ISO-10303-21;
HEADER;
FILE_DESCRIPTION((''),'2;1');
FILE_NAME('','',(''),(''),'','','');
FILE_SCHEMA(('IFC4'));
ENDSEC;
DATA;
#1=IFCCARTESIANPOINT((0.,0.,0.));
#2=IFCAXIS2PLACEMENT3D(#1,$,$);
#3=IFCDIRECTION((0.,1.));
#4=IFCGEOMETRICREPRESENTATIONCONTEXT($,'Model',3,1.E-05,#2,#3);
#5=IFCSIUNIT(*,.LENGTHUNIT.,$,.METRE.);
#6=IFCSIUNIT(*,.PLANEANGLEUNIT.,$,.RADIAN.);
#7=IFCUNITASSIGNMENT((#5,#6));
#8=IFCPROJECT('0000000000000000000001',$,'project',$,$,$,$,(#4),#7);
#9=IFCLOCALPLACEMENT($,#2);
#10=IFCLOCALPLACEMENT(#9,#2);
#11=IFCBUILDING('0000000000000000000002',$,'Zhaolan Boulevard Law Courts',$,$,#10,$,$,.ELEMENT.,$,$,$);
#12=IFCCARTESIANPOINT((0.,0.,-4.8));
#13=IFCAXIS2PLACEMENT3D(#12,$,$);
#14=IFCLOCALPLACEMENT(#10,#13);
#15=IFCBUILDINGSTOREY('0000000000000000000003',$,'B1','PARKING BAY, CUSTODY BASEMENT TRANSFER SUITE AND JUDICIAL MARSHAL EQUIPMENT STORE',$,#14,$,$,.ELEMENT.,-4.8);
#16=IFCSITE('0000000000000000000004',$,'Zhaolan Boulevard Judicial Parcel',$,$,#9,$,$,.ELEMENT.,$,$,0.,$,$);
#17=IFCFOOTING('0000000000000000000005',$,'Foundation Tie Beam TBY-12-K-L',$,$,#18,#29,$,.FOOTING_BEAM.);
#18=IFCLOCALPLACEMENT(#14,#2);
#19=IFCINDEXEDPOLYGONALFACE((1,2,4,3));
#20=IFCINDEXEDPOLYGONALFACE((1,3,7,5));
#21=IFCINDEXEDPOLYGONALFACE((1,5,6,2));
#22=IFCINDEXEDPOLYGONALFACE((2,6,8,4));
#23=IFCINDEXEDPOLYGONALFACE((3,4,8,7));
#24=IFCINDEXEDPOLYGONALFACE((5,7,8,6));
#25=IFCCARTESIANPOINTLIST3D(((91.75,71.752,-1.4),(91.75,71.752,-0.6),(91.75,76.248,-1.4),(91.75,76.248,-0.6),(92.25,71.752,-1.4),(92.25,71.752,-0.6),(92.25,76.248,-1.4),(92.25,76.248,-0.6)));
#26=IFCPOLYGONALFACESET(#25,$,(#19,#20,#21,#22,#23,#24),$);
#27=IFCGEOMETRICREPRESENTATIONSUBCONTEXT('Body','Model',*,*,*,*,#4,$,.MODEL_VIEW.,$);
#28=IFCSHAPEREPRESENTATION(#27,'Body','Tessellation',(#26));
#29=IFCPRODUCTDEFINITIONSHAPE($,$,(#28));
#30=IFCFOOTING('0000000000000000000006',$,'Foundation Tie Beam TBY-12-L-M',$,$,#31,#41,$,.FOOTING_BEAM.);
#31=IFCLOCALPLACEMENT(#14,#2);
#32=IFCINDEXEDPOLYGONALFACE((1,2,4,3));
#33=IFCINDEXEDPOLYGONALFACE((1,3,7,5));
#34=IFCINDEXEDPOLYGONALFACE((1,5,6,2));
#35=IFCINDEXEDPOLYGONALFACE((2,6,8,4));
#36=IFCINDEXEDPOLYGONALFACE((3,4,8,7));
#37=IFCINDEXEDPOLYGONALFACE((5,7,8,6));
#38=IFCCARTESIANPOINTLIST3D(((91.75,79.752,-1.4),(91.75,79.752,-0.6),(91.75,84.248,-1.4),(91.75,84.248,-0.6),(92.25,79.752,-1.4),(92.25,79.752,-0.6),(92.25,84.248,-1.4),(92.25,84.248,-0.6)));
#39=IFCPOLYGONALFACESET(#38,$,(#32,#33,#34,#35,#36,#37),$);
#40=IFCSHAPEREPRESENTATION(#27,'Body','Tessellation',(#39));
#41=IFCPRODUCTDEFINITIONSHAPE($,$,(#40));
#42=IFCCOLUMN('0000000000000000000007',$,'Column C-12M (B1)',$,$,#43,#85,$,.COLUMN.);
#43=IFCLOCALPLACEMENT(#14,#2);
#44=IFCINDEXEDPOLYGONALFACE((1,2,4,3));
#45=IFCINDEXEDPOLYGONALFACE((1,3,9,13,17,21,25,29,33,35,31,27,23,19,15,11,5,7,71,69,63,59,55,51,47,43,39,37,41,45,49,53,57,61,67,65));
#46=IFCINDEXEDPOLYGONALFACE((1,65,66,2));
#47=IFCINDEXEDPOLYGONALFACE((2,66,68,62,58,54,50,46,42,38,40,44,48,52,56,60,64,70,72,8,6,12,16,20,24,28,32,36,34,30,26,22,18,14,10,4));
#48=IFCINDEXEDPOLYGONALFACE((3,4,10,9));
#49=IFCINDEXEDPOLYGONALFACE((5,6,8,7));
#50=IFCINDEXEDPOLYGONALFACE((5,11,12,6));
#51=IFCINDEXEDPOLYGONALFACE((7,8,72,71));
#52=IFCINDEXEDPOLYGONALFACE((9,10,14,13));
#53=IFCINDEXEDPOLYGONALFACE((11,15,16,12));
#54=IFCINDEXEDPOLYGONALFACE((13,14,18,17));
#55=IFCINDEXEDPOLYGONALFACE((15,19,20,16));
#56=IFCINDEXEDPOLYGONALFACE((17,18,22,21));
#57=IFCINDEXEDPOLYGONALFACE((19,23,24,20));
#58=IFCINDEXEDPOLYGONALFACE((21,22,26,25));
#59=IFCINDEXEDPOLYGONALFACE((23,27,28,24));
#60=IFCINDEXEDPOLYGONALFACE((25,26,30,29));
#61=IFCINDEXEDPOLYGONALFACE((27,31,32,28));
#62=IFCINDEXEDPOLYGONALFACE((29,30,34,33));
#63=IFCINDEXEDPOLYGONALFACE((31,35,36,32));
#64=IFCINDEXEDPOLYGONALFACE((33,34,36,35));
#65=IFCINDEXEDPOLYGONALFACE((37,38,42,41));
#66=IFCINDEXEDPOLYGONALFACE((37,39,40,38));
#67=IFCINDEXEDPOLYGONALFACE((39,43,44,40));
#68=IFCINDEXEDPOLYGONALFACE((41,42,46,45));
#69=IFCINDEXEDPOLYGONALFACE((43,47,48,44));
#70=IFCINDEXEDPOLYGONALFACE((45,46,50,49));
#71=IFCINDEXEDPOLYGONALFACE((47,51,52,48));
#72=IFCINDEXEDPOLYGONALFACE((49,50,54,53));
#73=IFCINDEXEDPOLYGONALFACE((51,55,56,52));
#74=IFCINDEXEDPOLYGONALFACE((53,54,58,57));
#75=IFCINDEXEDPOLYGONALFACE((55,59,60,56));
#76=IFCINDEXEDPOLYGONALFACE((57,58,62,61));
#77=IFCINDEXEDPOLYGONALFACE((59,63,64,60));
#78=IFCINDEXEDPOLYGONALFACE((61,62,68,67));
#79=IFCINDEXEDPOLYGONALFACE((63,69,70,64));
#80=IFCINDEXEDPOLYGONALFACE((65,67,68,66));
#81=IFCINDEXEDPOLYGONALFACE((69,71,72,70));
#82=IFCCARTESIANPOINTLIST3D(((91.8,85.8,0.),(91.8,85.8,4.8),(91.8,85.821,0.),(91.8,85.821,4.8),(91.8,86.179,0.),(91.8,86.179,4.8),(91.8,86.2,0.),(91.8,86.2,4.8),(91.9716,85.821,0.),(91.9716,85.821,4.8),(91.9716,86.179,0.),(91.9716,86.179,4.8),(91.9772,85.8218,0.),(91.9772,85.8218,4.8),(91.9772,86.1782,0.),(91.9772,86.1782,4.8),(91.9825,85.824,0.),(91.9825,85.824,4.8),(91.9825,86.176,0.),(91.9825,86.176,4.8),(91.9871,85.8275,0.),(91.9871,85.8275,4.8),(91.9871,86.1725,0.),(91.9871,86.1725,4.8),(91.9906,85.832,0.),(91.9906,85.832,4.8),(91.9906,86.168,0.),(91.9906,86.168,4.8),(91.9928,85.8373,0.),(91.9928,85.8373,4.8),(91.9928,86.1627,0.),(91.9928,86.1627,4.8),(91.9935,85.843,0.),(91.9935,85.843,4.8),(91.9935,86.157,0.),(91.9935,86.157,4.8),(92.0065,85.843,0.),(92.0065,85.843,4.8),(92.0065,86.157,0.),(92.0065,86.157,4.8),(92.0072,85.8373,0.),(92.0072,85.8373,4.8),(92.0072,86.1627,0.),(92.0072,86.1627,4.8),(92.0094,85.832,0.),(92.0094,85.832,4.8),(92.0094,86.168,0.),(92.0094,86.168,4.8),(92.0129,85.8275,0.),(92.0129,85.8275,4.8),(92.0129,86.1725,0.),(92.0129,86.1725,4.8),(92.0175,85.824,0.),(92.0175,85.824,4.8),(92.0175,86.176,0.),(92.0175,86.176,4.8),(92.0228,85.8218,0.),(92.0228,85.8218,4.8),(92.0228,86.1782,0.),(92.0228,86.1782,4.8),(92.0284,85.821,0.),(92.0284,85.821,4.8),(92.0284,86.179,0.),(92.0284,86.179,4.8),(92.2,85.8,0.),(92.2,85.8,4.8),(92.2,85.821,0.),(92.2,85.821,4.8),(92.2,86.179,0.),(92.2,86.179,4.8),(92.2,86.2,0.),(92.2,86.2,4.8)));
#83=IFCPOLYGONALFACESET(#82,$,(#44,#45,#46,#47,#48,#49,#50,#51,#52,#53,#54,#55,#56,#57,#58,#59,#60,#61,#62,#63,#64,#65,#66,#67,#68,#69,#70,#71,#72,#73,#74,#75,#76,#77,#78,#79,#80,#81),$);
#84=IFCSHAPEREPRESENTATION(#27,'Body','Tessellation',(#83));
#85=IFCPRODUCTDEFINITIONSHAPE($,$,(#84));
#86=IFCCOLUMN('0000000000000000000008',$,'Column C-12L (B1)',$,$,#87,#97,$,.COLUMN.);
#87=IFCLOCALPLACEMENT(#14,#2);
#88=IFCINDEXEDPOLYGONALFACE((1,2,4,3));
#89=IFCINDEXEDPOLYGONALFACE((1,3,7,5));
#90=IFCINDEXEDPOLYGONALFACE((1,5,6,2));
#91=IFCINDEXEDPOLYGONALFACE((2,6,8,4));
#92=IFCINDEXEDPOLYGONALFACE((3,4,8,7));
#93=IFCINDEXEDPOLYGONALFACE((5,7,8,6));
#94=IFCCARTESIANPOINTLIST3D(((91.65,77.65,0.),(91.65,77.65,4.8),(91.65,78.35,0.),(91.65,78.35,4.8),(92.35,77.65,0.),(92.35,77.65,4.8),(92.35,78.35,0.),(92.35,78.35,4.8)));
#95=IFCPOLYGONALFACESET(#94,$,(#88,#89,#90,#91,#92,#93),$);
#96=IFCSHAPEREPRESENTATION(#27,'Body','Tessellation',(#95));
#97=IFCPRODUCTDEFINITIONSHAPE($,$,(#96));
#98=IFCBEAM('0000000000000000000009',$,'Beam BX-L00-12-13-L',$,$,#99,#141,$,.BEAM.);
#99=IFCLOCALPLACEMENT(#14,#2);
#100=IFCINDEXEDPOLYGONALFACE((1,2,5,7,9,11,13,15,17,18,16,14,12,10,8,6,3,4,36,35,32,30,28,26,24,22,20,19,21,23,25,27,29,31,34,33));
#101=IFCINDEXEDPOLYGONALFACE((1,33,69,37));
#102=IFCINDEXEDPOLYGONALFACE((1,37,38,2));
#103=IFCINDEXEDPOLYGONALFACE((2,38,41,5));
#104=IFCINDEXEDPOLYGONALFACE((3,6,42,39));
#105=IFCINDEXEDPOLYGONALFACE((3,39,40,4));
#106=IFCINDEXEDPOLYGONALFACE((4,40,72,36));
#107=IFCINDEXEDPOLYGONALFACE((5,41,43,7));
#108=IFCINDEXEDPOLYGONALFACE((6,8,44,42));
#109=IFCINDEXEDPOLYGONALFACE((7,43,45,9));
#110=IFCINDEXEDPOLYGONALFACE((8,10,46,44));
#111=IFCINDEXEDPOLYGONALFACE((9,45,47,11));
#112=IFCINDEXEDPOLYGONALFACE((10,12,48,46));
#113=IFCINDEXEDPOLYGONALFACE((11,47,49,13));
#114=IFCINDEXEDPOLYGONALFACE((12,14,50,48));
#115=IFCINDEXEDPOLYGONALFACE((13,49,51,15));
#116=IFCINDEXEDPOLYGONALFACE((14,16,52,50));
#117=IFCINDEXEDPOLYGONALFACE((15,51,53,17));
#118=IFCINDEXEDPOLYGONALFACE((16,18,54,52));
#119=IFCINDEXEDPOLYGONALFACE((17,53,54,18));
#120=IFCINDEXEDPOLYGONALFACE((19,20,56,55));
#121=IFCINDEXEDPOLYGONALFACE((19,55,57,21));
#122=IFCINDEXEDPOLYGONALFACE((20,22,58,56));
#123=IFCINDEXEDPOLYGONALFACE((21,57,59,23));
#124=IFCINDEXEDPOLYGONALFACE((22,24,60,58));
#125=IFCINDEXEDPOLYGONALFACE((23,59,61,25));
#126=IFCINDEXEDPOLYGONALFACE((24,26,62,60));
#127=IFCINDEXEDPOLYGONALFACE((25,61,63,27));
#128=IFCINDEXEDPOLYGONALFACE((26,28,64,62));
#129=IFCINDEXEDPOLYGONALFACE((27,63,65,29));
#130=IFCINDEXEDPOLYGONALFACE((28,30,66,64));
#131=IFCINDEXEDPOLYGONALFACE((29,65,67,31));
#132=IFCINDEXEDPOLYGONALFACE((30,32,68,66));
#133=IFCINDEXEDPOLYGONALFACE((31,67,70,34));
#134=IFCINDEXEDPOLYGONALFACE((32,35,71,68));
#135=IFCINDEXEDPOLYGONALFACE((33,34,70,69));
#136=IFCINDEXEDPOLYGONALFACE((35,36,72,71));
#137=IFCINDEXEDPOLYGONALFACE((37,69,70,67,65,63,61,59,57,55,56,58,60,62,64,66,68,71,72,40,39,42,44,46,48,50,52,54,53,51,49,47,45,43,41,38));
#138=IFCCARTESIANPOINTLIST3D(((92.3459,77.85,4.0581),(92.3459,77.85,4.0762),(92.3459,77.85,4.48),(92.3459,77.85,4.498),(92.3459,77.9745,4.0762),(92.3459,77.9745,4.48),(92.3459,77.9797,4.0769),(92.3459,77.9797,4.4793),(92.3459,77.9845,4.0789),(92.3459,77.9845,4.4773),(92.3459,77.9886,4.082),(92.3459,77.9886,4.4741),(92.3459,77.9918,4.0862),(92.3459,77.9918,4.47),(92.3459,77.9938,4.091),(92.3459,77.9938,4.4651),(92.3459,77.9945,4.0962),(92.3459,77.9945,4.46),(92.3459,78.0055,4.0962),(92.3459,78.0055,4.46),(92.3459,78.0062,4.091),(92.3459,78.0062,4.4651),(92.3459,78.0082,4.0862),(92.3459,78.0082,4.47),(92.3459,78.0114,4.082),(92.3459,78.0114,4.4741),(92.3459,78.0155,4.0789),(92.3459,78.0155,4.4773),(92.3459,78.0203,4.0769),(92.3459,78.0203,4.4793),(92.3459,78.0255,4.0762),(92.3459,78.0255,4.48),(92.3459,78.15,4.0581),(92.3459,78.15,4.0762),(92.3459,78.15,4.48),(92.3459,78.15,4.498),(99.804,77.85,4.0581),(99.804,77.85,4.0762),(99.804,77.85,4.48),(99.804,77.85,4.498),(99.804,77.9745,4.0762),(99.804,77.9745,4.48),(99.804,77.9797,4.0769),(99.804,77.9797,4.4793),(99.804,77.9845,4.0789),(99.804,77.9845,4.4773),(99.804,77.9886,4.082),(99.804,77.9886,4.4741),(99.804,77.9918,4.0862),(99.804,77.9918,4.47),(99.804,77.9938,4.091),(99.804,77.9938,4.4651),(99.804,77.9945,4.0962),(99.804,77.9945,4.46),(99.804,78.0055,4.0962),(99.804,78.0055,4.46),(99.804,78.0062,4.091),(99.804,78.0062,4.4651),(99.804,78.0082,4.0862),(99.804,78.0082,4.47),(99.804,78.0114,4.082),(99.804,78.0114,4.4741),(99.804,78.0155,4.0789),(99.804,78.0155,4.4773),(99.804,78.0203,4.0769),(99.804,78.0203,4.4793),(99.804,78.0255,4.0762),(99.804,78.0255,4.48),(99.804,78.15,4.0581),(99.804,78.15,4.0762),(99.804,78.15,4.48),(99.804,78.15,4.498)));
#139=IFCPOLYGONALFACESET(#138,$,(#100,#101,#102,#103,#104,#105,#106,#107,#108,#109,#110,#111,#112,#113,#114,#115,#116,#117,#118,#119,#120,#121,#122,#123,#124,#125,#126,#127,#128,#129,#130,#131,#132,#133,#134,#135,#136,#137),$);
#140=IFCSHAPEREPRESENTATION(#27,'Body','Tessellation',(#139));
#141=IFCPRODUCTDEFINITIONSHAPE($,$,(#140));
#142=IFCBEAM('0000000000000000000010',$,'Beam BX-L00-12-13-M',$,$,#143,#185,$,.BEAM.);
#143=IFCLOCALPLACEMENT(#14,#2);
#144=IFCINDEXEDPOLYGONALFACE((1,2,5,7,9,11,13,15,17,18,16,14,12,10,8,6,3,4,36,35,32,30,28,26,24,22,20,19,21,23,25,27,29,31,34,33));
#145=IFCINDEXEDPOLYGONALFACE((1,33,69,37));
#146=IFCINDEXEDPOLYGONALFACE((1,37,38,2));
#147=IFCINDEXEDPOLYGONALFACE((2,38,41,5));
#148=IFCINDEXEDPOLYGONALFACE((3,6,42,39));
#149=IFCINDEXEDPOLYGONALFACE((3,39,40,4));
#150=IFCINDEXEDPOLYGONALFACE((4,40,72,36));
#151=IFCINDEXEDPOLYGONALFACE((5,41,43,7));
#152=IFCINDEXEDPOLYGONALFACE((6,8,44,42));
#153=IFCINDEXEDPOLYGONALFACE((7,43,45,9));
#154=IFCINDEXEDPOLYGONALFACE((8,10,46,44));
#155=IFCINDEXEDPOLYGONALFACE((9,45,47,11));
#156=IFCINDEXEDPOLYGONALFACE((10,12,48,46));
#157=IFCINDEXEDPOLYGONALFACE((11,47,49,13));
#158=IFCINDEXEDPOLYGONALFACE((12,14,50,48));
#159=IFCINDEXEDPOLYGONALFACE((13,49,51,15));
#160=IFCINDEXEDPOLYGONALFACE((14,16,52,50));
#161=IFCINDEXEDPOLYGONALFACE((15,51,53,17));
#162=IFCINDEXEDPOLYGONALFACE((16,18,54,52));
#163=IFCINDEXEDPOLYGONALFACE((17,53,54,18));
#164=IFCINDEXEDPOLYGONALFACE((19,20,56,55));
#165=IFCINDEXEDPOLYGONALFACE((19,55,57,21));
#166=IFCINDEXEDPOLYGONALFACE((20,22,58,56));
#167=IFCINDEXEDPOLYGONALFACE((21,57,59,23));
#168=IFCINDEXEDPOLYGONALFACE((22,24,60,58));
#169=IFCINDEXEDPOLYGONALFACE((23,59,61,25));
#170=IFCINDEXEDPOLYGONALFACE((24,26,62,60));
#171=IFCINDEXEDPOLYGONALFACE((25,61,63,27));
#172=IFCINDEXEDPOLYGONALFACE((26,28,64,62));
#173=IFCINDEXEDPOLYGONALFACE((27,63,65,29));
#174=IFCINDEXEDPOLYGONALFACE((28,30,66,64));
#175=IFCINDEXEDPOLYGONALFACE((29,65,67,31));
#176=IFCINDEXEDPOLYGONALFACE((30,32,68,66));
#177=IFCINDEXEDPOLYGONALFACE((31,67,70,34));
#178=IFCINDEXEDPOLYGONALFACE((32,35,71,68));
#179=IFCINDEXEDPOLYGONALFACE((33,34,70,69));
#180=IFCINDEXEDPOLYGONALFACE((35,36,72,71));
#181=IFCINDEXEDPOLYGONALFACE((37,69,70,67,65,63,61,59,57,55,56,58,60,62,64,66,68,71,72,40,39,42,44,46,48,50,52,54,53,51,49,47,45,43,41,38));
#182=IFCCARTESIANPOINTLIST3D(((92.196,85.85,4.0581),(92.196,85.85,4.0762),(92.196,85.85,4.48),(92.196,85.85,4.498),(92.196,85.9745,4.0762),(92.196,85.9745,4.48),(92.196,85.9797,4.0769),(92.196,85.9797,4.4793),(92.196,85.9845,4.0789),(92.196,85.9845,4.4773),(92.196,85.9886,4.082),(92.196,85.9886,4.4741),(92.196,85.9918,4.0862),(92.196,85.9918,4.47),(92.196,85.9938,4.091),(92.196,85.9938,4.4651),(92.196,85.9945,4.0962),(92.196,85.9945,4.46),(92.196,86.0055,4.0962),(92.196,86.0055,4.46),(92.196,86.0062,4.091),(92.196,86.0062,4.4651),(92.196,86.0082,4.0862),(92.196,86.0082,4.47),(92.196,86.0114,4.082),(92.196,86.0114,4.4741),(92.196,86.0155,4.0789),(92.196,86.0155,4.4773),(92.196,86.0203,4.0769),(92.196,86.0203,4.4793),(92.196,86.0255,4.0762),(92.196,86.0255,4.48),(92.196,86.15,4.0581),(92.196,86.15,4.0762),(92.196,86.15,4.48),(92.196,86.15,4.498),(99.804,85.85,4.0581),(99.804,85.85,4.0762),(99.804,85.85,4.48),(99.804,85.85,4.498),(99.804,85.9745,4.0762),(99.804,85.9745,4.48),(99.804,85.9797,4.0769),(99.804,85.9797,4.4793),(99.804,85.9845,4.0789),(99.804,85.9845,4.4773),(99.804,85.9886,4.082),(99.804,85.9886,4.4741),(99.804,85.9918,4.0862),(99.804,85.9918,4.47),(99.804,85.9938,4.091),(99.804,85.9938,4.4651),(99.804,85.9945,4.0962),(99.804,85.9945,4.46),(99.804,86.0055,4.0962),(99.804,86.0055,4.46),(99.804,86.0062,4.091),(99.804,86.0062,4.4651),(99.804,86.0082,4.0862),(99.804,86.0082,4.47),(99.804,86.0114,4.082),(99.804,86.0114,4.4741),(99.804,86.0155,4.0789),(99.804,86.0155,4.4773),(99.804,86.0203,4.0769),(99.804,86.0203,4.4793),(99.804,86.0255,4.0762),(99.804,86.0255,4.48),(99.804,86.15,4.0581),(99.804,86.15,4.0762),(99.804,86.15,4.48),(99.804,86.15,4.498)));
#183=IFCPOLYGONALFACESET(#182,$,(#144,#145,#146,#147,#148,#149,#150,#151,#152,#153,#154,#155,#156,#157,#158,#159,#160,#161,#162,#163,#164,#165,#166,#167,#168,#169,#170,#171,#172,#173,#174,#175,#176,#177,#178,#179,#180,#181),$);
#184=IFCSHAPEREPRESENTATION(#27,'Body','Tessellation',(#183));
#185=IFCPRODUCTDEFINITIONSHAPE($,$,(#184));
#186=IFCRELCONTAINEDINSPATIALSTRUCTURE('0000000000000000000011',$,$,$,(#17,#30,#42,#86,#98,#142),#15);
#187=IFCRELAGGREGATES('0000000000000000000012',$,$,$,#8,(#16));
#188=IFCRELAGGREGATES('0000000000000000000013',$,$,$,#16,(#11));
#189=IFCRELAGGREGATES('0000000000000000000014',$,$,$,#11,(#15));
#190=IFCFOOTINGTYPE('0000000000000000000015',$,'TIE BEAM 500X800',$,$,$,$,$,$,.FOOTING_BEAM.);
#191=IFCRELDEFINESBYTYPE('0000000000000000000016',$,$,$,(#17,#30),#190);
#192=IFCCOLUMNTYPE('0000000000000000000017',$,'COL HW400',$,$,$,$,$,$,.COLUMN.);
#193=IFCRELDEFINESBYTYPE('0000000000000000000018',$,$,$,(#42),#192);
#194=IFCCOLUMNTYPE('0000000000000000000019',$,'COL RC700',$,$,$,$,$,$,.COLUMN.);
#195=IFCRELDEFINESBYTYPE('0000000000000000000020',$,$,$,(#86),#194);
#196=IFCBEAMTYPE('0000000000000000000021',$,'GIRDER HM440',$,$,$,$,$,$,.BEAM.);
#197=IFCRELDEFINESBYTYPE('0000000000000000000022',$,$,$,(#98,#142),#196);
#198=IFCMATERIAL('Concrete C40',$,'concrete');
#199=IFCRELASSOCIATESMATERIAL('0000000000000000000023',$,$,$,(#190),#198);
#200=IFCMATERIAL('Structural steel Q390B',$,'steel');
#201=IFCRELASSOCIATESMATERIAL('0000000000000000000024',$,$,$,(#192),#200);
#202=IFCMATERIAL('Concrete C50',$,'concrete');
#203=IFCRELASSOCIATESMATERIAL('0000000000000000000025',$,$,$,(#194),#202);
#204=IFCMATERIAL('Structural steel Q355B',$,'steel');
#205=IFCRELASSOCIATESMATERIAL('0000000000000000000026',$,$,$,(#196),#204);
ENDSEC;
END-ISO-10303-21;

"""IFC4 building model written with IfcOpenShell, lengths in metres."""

from ifc_helpers import new_model, si_unit, direction, frame, origin, origin_2d, place, context, subcontext, project, spatial, rectangle, i_section, extrude, material, material_profile, profile_set, type_object, element, save


model = new_model("IFC4")

# Units and contexts
model_context = context("Model", 3, precision=1e-05, world=origin(), true_north=direction((0.0, 1.0)))
body_context = subcontext(model_context, "Body", "Model", "MODEL_VIEW")
ifc_project = project(units=[si_unit("LENGTHUNIT", "METRE"), si_unit("PLANEANGLEUNIT", "RADIAN")], contexts=[model_context])

# Site, building, storey
site_placement = place(None, origin())
site = spatial("IfcSite", under=ifc_project, at=site_placement, Name="Zhaolan Boulevard Judicial Parcel", CompositionType="ELEMENT", RefElevation=0.0)
building_placement = place(site_placement, origin())
building = spatial("IfcBuilding", under=site, at=building_placement, Name="Zhaolan Boulevard Law Courts", CompositionType="ELEMENT")
storey_placement = place(building_placement, frame((0.0, 0.0, -4.8)))
storey = spatial("IfcBuildingStorey", under=building, at=storey_placement, Name="B1", Description="PARKING BAY, CUSTODY BASEMENT TRANSFER SUITE AND JUDICIAL MARSHAL EQUIPMENT STORE", CompositionType="ELEMENT", Elevation=-4.8)

# Footings
ifc_material_1 = material(Name="Concrete C40", Category="concrete")
ifc_material_profile_1 = material_profile(ifc_material_1, rectangle(XDim=0.5, YDim=0.8, at=origin_2d()), Name="RC500x800")
ifc_profile_set_1 = profile_set([ifc_material_profile_1], Name="Concrete C40")
footing_type_1 = type_object("IfcFootingType", Name="TIE BEAM 500X800", PredefinedType="FOOTING_BEAM", material=ifc_profile_set_1)
for number, where, z_axis, x_axis, name in (
    (1, (92.0, 71.752, -1.0), (0.0, 1.0, 0.0), (-1.0, 0.0, 0.0), "Foundation Tie Beam TBY-12-K-L"),
    (2, (92.0, 79.752, -1.0), (0.0, 1.0, 0.0), (-1.0, 0.0, 0.0), "Foundation Tie Beam TBY-12-L-M"),
):
    element("IfcFooting", number, at=place(storey_placement, frame(where, z_axis=z_axis, x_axis=x_axis)), inside=storey, type_object=footing_type_1, Name=name, PredefinedType="FOOTING_BEAM", context=body_context, shape_type="SweptSolid", body=[
        extrude(rectangle(XDim=0.5, YDim=0.8, at=origin_2d()), origin(), (0.0, 0.0, 1.0), 4.4961),
    ])

# Columns
ifc_material_2 = material(Name="Structural steel Q390B", Category="steel")
ifc_material_profile_2 = material_profile(ifc_material_2, i_section(OverallWidth=0.3999, OverallDepth=0.3999, WebThickness=0.0129, FlangeThickness=0.021, FilletRadius=0.022, at=origin_2d()), Name="HW400x400")
ifc_profile_set_2 = profile_set([ifc_material_profile_2], Name="Structural steel Q390B")
column_type_1 = type_object("IfcColumnType", Name="COL HW400", PredefinedType="COLUMN", material=ifc_profile_set_2)
column_1_placement = place(storey_placement, frame((92.0, 86.0, 0.0), z_axis=(0.0, 0.0, 1.0), x_axis=(1.0, 0.0, 0.0)))
element("IfcColumn", 3, at=column_1_placement, inside=storey, type_object=column_type_1, Name="Column C-12M (B1)", PredefinedType="COLUMN", context=body_context, shape_type="SweptSolid", body=[
    extrude(i_section(OverallWidth=0.3999, OverallDepth=0.3999, WebThickness=0.0129, FlangeThickness=0.021, FilletRadius=0.022, at=origin_2d()), origin(), (0.0, 0.0, 1.0), 4.8),
])
ifc_material_3 = material(Name="Concrete C50", Category="concrete")
ifc_material_profile_3 = material_profile(ifc_material_3, rectangle(XDim=0.7, YDim=0.7, at=origin_2d()), Name="RC700x700")
ifc_profile_set_3 = profile_set([ifc_material_profile_3], Name="Concrete C50")
column_type_2 = type_object("IfcColumnType", Name="COL RC700", PredefinedType="COLUMN", material=ifc_profile_set_3)
column_2_placement = place(storey_placement, frame((92.0, 78.0, 0.0), z_axis=(0.0, 0.0, 1.0), x_axis=(1.0, 0.0, 0.0)))
element("IfcColumn", 4, at=column_2_placement, inside=storey, type_object=column_type_2, Name="Column C-12L (B1)", PredefinedType="COLUMN", context=body_context, shape_type="SweptSolid", body=[
    extrude(rectangle(XDim=0.7, YDim=0.7, at=origin_2d()), origin(), (0.0, 0.0, 1.0), 4.8),
])

# Beams
ifc_material_4 = material(Name="Structural steel Q355B", Category="steel")
ifc_material_profile_4 = material_profile(ifc_material_4, i_section(OverallWidth=0.3, OverallDepth=0.4399, WebThickness=0.011, FlangeThickness=0.0181, FilletRadius=0.02, at=origin_2d()), Name="HM440x300")
ifc_profile_set_4 = profile_set([ifc_material_profile_4], Name="Structural steel Q355B")
beam_type_1 = type_object("IfcBeamType", Name="GIRDER HM440", PredefinedType="BEAM", material=ifc_profile_set_4)
beam_1_placement = place(storey_placement, frame((92.3459, 78.0, 4.2781), z_axis=(1.0, 0.0, 0.0), x_axis=(0.0, 1.0, 0.0)))
element("IfcBeam", 5, at=beam_1_placement, inside=storey, type_object=beam_type_1, Name="Beam BX-L00-12-13-L", PredefinedType="BEAM", context=body_context, shape_type="SweptSolid", body=[
    extrude(i_section(OverallWidth=0.3, OverallDepth=0.4399, WebThickness=0.011, FlangeThickness=0.0181, FilletRadius=0.02, at=origin_2d()), origin(), (0.0, 0.0, 1.0), 7.458),
])
beam_2_placement = place(storey_placement, frame((92.196, 86.0, 4.2781), z_axis=(1.0, 0.0, 0.0), x_axis=(0.0, 1.0, 0.0)))
element("IfcBeam", 6, at=beam_2_placement, inside=storey, type_object=beam_type_1, Name="Beam BX-L00-12-13-M", PredefinedType="BEAM", context=body_context, shape_type="SweptSolid", body=[
    extrude(i_section(OverallWidth=0.3, OverallDepth=0.4399, WebThickness=0.011, FlangeThickness=0.0181, FilletRadius=0.02, at=origin_2d()), origin(), (0.0, 0.0, 1.0), 7.6079),
])

save(model, "model.ifc")
